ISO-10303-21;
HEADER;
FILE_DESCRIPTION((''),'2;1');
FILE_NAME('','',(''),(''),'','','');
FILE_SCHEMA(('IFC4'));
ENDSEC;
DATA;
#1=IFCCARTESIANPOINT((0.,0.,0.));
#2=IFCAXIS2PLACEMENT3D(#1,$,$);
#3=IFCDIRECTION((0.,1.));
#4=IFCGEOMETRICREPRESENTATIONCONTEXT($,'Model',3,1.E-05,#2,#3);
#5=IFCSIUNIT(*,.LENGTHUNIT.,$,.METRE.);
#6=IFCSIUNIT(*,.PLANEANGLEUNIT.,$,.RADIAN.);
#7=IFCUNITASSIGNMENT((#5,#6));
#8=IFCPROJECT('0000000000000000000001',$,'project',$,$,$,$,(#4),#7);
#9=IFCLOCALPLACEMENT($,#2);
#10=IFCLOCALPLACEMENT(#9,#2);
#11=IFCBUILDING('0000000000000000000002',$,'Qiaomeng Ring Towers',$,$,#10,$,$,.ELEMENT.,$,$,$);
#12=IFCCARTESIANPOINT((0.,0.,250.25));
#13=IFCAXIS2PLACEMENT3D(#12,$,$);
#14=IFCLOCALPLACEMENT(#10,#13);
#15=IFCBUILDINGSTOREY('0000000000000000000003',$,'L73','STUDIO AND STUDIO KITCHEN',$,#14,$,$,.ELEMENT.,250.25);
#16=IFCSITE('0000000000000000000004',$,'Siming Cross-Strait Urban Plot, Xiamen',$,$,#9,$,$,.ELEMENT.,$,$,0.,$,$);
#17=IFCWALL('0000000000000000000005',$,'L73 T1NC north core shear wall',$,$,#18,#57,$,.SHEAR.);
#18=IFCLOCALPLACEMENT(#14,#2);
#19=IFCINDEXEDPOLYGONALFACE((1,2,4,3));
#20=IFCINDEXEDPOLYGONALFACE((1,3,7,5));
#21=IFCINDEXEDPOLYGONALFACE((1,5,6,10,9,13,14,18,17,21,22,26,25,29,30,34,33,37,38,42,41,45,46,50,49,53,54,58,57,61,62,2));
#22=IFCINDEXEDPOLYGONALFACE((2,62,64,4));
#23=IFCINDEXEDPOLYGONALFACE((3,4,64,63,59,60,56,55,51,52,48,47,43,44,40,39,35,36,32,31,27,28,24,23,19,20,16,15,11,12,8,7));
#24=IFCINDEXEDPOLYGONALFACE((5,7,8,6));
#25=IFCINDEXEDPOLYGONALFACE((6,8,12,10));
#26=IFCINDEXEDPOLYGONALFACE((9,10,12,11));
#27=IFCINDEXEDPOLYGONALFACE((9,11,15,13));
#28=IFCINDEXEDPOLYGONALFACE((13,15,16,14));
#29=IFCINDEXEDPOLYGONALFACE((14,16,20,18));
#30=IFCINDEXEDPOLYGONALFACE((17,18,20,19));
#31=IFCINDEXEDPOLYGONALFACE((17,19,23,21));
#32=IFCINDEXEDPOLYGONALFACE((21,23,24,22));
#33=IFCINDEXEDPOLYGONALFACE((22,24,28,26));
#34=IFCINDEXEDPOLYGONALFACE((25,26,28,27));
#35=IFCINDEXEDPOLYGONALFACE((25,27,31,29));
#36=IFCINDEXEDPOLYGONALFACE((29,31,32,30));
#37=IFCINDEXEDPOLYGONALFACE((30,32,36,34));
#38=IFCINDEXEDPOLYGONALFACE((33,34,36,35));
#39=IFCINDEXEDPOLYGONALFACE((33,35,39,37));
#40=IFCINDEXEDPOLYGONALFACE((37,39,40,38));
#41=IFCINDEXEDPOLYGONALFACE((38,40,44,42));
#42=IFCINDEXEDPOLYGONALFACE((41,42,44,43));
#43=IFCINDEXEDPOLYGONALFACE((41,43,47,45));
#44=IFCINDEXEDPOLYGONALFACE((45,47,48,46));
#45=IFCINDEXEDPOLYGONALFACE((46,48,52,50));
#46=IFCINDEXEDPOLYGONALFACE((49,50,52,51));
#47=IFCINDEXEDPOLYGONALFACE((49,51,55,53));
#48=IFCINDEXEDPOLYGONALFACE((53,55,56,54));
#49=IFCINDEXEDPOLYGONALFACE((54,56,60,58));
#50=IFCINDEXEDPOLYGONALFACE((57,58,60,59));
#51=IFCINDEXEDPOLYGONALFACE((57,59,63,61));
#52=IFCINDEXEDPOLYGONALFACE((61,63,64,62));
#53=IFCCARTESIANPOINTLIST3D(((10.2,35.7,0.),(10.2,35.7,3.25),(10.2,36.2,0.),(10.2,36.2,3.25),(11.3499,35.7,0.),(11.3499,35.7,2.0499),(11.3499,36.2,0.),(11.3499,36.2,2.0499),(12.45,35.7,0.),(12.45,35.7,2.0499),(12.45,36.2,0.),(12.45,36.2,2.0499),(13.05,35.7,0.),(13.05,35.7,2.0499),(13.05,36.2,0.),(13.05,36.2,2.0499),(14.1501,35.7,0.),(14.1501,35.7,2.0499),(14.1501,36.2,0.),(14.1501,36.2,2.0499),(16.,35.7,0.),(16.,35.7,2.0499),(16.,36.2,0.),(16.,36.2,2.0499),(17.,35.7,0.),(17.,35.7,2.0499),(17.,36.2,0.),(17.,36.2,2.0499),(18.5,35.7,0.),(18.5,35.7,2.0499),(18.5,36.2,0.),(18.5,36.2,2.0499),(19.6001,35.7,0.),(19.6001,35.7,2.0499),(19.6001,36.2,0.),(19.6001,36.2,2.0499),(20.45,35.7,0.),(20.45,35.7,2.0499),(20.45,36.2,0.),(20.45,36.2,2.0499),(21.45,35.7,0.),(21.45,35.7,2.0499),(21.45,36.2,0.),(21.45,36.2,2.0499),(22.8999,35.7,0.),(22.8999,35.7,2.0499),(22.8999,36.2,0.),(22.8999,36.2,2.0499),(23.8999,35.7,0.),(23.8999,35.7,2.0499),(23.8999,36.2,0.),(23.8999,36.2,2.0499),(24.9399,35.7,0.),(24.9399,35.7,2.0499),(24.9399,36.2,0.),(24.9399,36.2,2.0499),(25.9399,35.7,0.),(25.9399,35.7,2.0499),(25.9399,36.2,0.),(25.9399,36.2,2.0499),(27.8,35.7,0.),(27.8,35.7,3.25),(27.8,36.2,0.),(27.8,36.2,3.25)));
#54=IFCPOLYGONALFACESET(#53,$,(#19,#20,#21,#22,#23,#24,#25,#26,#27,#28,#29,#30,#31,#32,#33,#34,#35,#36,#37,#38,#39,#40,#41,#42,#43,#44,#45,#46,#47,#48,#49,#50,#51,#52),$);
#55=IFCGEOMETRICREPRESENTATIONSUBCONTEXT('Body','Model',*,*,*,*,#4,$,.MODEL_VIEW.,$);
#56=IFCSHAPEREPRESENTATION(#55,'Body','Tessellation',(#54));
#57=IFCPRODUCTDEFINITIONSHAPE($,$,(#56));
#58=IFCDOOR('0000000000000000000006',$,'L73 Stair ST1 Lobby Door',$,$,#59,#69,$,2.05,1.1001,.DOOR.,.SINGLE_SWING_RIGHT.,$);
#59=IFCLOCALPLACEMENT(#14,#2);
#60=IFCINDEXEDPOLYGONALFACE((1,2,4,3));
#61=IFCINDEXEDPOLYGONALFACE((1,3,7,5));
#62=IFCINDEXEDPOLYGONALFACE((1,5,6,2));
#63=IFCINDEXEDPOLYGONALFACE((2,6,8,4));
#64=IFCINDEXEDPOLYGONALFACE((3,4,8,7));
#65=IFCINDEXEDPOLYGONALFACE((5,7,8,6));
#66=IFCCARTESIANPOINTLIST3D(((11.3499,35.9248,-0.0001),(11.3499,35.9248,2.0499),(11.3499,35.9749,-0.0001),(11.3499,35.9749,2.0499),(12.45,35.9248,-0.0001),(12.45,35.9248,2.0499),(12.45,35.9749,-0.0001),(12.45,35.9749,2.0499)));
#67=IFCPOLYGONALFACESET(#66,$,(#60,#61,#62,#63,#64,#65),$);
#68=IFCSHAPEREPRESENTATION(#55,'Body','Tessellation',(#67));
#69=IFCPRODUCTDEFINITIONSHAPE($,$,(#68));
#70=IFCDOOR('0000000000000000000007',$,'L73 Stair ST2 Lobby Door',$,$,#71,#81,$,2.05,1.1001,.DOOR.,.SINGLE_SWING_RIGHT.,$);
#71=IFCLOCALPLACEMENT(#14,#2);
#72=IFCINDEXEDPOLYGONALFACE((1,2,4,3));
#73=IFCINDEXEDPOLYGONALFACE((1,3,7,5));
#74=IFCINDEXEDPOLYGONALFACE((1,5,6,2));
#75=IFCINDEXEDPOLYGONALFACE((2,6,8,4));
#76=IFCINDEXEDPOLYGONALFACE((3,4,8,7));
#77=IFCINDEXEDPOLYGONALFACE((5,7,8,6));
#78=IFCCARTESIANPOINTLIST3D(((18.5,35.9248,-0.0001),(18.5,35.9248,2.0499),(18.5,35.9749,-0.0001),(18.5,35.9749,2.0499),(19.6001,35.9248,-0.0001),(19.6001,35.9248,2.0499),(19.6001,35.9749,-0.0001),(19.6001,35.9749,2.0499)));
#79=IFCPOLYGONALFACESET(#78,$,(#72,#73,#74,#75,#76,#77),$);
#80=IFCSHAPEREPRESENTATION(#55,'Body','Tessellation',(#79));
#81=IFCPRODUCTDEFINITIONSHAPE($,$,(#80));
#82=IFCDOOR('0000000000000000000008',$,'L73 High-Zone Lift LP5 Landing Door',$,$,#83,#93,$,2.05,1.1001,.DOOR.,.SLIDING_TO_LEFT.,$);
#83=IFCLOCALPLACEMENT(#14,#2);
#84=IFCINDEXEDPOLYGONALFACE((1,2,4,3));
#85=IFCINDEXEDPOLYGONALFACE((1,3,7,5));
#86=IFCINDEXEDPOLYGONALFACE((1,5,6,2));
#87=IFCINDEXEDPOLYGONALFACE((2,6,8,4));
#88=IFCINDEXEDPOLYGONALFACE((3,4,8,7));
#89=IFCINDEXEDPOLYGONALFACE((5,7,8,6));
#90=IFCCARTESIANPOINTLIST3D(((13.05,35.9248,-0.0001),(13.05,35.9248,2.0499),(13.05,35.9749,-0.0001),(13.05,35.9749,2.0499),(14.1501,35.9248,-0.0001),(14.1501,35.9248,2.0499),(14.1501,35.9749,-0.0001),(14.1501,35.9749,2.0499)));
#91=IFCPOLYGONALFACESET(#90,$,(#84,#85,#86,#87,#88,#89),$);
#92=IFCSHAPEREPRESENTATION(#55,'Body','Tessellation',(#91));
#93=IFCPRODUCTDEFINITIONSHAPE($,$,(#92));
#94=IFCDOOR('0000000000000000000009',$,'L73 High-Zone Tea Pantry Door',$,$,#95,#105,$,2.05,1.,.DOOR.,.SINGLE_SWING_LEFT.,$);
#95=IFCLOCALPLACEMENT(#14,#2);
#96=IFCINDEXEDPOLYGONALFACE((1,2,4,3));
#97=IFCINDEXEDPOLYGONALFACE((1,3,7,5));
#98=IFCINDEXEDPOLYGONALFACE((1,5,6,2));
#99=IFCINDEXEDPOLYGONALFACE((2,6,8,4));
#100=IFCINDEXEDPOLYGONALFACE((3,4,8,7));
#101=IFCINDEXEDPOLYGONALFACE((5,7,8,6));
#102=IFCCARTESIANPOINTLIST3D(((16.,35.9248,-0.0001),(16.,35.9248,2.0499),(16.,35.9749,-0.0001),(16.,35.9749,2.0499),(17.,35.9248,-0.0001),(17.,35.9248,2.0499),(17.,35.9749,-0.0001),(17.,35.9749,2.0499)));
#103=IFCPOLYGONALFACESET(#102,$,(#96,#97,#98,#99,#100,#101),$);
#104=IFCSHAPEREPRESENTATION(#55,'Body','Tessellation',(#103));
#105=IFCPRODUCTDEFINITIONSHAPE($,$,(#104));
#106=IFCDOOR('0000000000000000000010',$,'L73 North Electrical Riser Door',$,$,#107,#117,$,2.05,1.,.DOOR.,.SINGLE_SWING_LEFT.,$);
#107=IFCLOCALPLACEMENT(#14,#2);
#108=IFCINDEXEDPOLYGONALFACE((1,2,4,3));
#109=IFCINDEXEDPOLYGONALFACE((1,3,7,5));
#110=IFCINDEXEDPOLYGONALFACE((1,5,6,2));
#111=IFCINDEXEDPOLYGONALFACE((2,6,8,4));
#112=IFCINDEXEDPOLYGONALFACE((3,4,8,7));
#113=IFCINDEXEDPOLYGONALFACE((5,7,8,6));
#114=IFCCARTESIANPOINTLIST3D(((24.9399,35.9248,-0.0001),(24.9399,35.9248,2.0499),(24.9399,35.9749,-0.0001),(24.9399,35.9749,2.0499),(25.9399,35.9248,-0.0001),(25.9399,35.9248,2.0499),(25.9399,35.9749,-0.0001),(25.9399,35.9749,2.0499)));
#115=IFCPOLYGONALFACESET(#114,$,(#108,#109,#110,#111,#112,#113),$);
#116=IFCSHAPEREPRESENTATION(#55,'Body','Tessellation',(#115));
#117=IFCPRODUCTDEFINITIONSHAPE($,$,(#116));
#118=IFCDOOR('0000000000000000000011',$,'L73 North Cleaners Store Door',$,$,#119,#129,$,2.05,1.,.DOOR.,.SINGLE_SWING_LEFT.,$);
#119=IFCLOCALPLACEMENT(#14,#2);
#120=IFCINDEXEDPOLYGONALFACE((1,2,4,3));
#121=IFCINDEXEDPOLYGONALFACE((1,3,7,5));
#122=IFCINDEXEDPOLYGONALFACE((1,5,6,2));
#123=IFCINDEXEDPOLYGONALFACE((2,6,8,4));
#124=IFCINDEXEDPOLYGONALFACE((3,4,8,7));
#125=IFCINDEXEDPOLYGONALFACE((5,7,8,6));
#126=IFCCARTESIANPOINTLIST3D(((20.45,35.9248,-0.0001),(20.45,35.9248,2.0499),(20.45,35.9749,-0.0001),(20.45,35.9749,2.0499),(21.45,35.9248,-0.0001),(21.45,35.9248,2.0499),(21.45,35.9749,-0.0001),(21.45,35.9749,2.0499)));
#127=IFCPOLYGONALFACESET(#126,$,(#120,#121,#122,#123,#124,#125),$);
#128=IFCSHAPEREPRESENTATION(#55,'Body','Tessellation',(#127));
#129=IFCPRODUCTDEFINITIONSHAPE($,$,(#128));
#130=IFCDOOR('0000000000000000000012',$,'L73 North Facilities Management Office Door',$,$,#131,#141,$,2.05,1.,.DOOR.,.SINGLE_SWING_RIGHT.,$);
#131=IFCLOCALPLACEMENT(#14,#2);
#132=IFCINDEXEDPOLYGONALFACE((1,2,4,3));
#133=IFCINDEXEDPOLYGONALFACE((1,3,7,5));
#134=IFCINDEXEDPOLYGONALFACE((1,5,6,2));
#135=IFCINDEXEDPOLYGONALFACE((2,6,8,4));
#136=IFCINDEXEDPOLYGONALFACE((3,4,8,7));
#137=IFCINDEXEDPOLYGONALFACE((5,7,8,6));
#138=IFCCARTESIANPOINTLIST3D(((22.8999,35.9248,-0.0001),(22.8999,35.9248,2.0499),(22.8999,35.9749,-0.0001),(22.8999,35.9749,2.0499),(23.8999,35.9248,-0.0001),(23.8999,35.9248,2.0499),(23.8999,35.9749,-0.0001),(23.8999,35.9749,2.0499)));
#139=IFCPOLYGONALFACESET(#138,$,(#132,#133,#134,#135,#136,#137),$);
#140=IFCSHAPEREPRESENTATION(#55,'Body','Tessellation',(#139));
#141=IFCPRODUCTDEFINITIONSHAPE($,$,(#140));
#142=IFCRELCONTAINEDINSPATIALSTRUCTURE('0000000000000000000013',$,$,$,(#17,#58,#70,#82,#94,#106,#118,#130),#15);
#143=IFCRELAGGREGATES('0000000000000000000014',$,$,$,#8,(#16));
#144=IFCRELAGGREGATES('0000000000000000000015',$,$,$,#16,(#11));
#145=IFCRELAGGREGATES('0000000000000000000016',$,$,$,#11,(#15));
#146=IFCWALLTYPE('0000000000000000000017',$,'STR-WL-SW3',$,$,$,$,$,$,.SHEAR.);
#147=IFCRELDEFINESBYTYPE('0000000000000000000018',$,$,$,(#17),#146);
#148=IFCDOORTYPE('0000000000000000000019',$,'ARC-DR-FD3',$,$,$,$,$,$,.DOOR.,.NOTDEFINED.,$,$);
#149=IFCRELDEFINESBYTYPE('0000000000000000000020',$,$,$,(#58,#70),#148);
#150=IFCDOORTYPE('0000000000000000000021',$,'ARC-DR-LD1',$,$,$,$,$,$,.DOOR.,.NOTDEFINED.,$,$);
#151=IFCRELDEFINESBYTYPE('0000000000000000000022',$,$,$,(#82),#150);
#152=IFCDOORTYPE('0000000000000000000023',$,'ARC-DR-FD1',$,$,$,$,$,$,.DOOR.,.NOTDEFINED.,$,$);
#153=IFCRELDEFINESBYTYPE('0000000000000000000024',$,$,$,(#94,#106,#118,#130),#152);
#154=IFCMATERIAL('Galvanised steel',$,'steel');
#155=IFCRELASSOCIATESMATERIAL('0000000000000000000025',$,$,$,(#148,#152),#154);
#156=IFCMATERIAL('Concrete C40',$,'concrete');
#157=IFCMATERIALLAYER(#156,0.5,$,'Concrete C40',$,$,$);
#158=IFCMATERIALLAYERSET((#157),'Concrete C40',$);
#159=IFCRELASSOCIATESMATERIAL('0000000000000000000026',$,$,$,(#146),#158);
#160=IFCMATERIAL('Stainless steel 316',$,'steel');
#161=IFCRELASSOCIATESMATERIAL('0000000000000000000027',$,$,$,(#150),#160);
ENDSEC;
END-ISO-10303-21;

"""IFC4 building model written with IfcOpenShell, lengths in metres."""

from ifc_helpers import new_model, si_unit, direction, frame, frame_2d, origin, place, context, subcontext, project, spatial, rectangle, extrude, source, transform, mapped, material, layer, layer_set, type_object, element, fill, save


model = new_model("IFC4")

# Units and contexts
model_context = context("Model", 3, precision=1e-05, world=origin(), true_north=direction((0.0, 1.0)))
body_context = subcontext(model_context, "Body", "Model", "MODEL_VIEW")
ifc_project = project(units=[si_unit("LENGTHUNIT", "METRE"), si_unit("PLANEANGLEUNIT", "RADIAN")], contexts=[model_context])

# Site, building, storey
site_placement = place(None, origin())
site = spatial("IfcSite", under=ifc_project, at=site_placement, Name="Siming Cross-Strait Urban Plot, Xiamen", CompositionType="ELEMENT", RefElevation=0.0)
building_placement = place(site_placement, origin())
building = spatial("IfcBuilding", under=site, at=building_placement, Name="Qiaomeng Ring Towers", CompositionType="ELEMENT")
storey_placement = place(building_placement, frame((0.0, 0.0, 250.25)))
storey = spatial("IfcBuildingStorey", under=building, at=storey_placement, Name="L73", Description="STUDIO AND STUDIO KITCHEN", CompositionType="ELEMENT", Elevation=250.25)

# Shared definitions
ifc_material_1 = material(Name="Concrete C40", Category="concrete")

# Shared definitions
ifc_material_2 = material(Name="Galvanised steel", Category="steel")
door_type_1 = type_object("IfcDoorType", Name="ARC-DR-FD3", OperationType="NOTDEFINED", PredefinedType="DOOR", material=ifc_material_2)
shared_shape_1 = source(origin(), body_context, "Body", "SweptSolid", [
    extrude(rectangle(XDim=1.1001, YDim=2.05, at=frame_2d((0.55, 1.0249))), frame((0.0, 0.0249, 0.0), z_axis=(0.0, -1.0, 0.0), x_axis=(1.0, 0.0, 0.0)), (0.0, 0.0, 1.0), 0.05),
])

# Wall, openings, doors
ifc_layer_1 = layer(ifc_material_1, 0.5, Name="Concrete C40")
ifc_layer_set_1 = layer_set([ifc_layer_1], Name="Concrete C40")
wall_type_1 = type_object("IfcWallType", Name="STR-WL-SW3", PredefinedType="SHEAR", material=ifc_layer_set_1)
wall_1_placement = place(storey_placement, frame((10.2, 35.95, 0.0), z_axis=(0.0, 0.0, 1.0), x_axis=(1.0, 0.0, 0.0)))
wall_1 = element("IfcWall", 1, at=wall_1_placement, inside=storey, type_object=wall_type_1, Name="L73 T1NC north core shear wall", PredefinedType="SHEAR", context=body_context, shape_type="SweptSolid", body=[
    extrude(rectangle(XDim=17.6001, YDim=0.5, at=frame_2d((8.8, 0.0))), origin(), (0.0, 0.0, 1.0), 3.25),
])
opening_1_placement = place(wall_1_placement, frame((1.1499, 0.0, 0.0)))
opening_1 = element("IfcOpeningElement", 2, at=opening_1_placement, cuts=wall_1, PredefinedType="OPENING", context=body_context, shape_type="SweptSolid", body=[
    extrude(rectangle(XDim=1.1001, YDim=2.05, at=frame_2d((0.55, 1.0249))), frame((0.0, 0.26, 0.0), z_axis=(0.0, -1.0, 0.0), x_axis=(1.0, 0.0, 0.0)), (0.0, 0.0, 1.0), 0.52),
])
opening_2_placement = place(wall_1_placement, frame((8.3, 0.0, 0.0)))
opening_2 = element("IfcOpeningElement", 3, at=opening_2_placement, cuts=wall_1, PredefinedType="OPENING", context=body_context, shape_type="SweptSolid", body=[
    extrude(rectangle(XDim=1.1001, YDim=2.05, at=frame_2d((0.55, 1.0249))), frame((0.0, 0.26, 0.0), z_axis=(0.0, -1.0, 0.0), x_axis=(1.0, 0.0, 0.0)), (0.0, 0.0, 1.0), 0.52),
])
opening_3_placement = place(wall_1_placement, frame((2.8501, 0.0, 0.0)))
opening_3 = element("IfcOpeningElement", 4, at=opening_3_placement, cuts=wall_1, PredefinedType="OPENING", context=body_context, shape_type="SweptSolid", body=[
    extrude(rectangle(XDim=1.1001, YDim=2.05, at=frame_2d((0.55, 1.0249))), frame((0.0, 0.26, 0.0), z_axis=(0.0, -1.0, 0.0), x_axis=(1.0, 0.0, 0.0)), (0.0, 0.0, 1.0), 0.52),
])
opening_4_placement = place(wall_1_placement, frame((5.8, 0.0, 0.0)))
opening_4 = element("IfcOpeningElement", 5, at=opening_4_placement, cuts=wall_1, PredefinedType="OPENING", context=body_context, shape_type="SweptSolid", body=[
    extrude(rectangle(XDim=1.0, YDim=2.05, at=frame_2d((0.5, 1.0249))), frame((0.0, 0.26, 0.0), z_axis=(0.0, -1.0, 0.0), x_axis=(1.0, 0.0, 0.0)), (0.0, 0.0, 1.0), 0.52),
])
opening_5_placement = place(wall_1_placement, frame((14.74, 0.0, 0.0)))
opening_5 = element("IfcOpeningElement", 6, at=opening_5_placement, cuts=wall_1, PredefinedType="OPENING", context=body_context, shape_type="SweptSolid", body=[
    extrude(rectangle(XDim=1.0, YDim=2.05, at=frame_2d((0.5, 1.0249))), frame((0.0, 0.26, 0.0), z_axis=(0.0, -1.0, 0.0), x_axis=(1.0, 0.0, 0.0)), (0.0, 0.0, 1.0), 0.52),
])
opening_6_placement = place(wall_1_placement, frame((10.25, 0.0, 0.0)))
opening_6 = element("IfcOpeningElement", 7, at=opening_6_placement, cuts=wall_1, PredefinedType="OPENING", context=body_context, shape_type="SweptSolid", body=[
    extrude(rectangle(XDim=1.0, YDim=2.05, at=frame_2d((0.5, 1.0249))), frame((0.0, 0.26, 0.0), z_axis=(0.0, -1.0, 0.0), x_axis=(1.0, 0.0, 0.0)), (0.0, 0.0, 1.0), 0.52),
])
opening_7_placement = place(wall_1_placement, frame((12.7, 0.0, 0.0)))
opening_7 = element("IfcOpeningElement", 8, at=opening_7_placement, cuts=wall_1, PredefinedType="OPENING", context=body_context, shape_type="SweptSolid", body=[
    extrude(rectangle(XDim=1.0, YDim=2.05, at=frame_2d((0.5, 1.0249))), frame((0.0, 0.26, 0.0), z_axis=(0.0, -1.0, 0.0), x_axis=(1.0, 0.0, 0.0)), (0.0, 0.0, 1.0), 0.52),
])
door_1_placement = place(opening_1_placement, origin())
door_1 = element("IfcDoor", 9, at=door_1_placement, inside=storey, type_object=door_type_1, Name="L73 Stair ST1 Lobby Door", OperationType="SINGLE_SWING_RIGHT", OverallHeight=2.05, OverallWidth=1.1001, PredefinedType="DOOR", context=body_context, shape_type="MappedRepresentation", body=[
    mapped(shared_shape_1, transform((0.0, 0.0, 0.0), x_axis=(1.0, 0.0, 0.0), y_axis=(0.0, 1.0, 0.0), z_axis=(0.0, 0.0, 1.0), scale=1.0)),
])
fill(opening_1, door_1)
door_2_placement = place(opening_2_placement, origin())
door_2 = element("IfcDoor", 10, at=door_2_placement, inside=storey, type_object=door_type_1, Name="L73 Stair ST2 Lobby Door", OperationType="SINGLE_SWING_RIGHT", OverallHeight=2.05, OverallWidth=1.1001, PredefinedType="DOOR", context=body_context, shape_type="MappedRepresentation", body=[
    mapped(shared_shape_1, transform((0.0, 0.0, 0.0), x_axis=(1.0, 0.0, 0.0), y_axis=(0.0, 1.0, 0.0), z_axis=(0.0, 0.0, 1.0), scale=1.0)),
])
fill(opening_2, door_2)
ifc_material_3 = material(Name="Stainless steel 316", Category="steel")
door_type_2 = type_object("IfcDoorType", Name="ARC-DR-LD1", OperationType="NOTDEFINED", PredefinedType="DOOR", material=ifc_material_3)
door_3_placement = place(opening_3_placement, origin())
door_3 = element("IfcDoor", 11, at=door_3_placement, inside=storey, type_object=door_type_2, Name="L73 High-Zone Lift LP5 Landing Door", OperationType="SLIDING_TO_LEFT", OverallHeight=2.05, OverallWidth=1.1001, PredefinedType="DOOR", context=body_context, shape_type="MappedRepresentation", body=[
    mapped(shared_shape_1, transform((0.0, 0.0, 0.0), x_axis=(1.0, 0.0, 0.0), y_axis=(0.0, 1.0, 0.0), z_axis=(0.0, 0.0, 1.0), scale=1.0)),
])
fill(opening_3, door_3)
door_type_3 = type_object("IfcDoorType", Name="ARC-DR-FD1", OperationType="NOTDEFINED", PredefinedType="DOOR", material=ifc_material_2)
shared_shape_2 = source(origin(), body_context, "Body", "SweptSolid", [
    extrude(rectangle(XDim=1.0, YDim=2.05, at=frame_2d((0.5, 1.0249))), frame((0.0, 0.0249, 0.0), z_axis=(0.0, -1.0, 0.0), x_axis=(1.0, 0.0, 0.0)), (0.0, 0.0, 1.0), 0.05),
])
door_4_placement = place(opening_4_placement, origin())
door_4 = element("IfcDoor", 12, at=door_4_placement, inside=storey, type_object=door_type_3, Name="L73 High-Zone Tea Pantry Door", OperationType="SINGLE_SWING_LEFT", OverallHeight=2.05, OverallWidth=1.0, PredefinedType="DOOR", context=body_context, shape_type="MappedRepresentation", body=[
    mapped(shared_shape_2, transform((0.0, 0.0, 0.0), x_axis=(1.0, 0.0, 0.0), y_axis=(0.0, 1.0, 0.0), z_axis=(0.0, 0.0, 1.0), scale=1.0)),
])
fill(opening_4, door_4)
door_5_placement = place(opening_5_placement, origin())
door_5 = element("IfcDoor", 13, at=door_5_placement, inside=storey, type_object=door_type_3, Name="L73 North Electrical Riser Door", OperationType="SINGLE_SWING_LEFT", OverallHeight=2.05, OverallWidth=1.0, PredefinedType="DOOR", context=body_context, shape_type="MappedRepresentation", body=[
    mapped(shared_shape_2, transform((0.0, 0.0, 0.0), x_axis=(1.0, 0.0, 0.0), y_axis=(0.0, 1.0, 0.0), z_axis=(0.0, 0.0, 1.0), scale=1.0)),
])
fill(opening_5, door_5)
door_6_placement = place(opening_6_placement, origin())
door_6 = element("IfcDoor", 14, at=door_6_placement, inside=storey, type_object=door_type_3, Name="L73 North Cleaners Store Door", OperationType="SINGLE_SWING_LEFT", OverallHeight=2.05, OverallWidth=1.0, PredefinedType="DOOR", context=body_context, shape_type="MappedRepresentation", body=[
    mapped(shared_shape_2, transform((0.0, 0.0, 0.0), x_axis=(1.0, 0.0, 0.0), y_axis=(0.0, 1.0, 0.0), z_axis=(0.0, 0.0, 1.0), scale=1.0)),
])
fill(opening_6, door_6)
door_7_placement = place(opening_7_placement, origin())
door_7 = element("IfcDoor", 15, at=door_7_placement, inside=storey, type_object=door_type_3, Name="L73 North Facilities Management Office Door", OperationType="SINGLE_SWING_RIGHT", OverallHeight=2.05, OverallWidth=1.0, PredefinedType="DOOR", context=body_context, shape_type="MappedRepresentation", body=[
    mapped(shared_shape_2, transform((0.0, 0.0, 0.0), x_axis=(1.0, 0.0, 0.0), y_axis=(0.0, 1.0, 0.0), z_axis=(0.0, 0.0, 1.0), scale=1.0)),
])
fill(opening_7, door_7)

save(model, "model.ifc")
